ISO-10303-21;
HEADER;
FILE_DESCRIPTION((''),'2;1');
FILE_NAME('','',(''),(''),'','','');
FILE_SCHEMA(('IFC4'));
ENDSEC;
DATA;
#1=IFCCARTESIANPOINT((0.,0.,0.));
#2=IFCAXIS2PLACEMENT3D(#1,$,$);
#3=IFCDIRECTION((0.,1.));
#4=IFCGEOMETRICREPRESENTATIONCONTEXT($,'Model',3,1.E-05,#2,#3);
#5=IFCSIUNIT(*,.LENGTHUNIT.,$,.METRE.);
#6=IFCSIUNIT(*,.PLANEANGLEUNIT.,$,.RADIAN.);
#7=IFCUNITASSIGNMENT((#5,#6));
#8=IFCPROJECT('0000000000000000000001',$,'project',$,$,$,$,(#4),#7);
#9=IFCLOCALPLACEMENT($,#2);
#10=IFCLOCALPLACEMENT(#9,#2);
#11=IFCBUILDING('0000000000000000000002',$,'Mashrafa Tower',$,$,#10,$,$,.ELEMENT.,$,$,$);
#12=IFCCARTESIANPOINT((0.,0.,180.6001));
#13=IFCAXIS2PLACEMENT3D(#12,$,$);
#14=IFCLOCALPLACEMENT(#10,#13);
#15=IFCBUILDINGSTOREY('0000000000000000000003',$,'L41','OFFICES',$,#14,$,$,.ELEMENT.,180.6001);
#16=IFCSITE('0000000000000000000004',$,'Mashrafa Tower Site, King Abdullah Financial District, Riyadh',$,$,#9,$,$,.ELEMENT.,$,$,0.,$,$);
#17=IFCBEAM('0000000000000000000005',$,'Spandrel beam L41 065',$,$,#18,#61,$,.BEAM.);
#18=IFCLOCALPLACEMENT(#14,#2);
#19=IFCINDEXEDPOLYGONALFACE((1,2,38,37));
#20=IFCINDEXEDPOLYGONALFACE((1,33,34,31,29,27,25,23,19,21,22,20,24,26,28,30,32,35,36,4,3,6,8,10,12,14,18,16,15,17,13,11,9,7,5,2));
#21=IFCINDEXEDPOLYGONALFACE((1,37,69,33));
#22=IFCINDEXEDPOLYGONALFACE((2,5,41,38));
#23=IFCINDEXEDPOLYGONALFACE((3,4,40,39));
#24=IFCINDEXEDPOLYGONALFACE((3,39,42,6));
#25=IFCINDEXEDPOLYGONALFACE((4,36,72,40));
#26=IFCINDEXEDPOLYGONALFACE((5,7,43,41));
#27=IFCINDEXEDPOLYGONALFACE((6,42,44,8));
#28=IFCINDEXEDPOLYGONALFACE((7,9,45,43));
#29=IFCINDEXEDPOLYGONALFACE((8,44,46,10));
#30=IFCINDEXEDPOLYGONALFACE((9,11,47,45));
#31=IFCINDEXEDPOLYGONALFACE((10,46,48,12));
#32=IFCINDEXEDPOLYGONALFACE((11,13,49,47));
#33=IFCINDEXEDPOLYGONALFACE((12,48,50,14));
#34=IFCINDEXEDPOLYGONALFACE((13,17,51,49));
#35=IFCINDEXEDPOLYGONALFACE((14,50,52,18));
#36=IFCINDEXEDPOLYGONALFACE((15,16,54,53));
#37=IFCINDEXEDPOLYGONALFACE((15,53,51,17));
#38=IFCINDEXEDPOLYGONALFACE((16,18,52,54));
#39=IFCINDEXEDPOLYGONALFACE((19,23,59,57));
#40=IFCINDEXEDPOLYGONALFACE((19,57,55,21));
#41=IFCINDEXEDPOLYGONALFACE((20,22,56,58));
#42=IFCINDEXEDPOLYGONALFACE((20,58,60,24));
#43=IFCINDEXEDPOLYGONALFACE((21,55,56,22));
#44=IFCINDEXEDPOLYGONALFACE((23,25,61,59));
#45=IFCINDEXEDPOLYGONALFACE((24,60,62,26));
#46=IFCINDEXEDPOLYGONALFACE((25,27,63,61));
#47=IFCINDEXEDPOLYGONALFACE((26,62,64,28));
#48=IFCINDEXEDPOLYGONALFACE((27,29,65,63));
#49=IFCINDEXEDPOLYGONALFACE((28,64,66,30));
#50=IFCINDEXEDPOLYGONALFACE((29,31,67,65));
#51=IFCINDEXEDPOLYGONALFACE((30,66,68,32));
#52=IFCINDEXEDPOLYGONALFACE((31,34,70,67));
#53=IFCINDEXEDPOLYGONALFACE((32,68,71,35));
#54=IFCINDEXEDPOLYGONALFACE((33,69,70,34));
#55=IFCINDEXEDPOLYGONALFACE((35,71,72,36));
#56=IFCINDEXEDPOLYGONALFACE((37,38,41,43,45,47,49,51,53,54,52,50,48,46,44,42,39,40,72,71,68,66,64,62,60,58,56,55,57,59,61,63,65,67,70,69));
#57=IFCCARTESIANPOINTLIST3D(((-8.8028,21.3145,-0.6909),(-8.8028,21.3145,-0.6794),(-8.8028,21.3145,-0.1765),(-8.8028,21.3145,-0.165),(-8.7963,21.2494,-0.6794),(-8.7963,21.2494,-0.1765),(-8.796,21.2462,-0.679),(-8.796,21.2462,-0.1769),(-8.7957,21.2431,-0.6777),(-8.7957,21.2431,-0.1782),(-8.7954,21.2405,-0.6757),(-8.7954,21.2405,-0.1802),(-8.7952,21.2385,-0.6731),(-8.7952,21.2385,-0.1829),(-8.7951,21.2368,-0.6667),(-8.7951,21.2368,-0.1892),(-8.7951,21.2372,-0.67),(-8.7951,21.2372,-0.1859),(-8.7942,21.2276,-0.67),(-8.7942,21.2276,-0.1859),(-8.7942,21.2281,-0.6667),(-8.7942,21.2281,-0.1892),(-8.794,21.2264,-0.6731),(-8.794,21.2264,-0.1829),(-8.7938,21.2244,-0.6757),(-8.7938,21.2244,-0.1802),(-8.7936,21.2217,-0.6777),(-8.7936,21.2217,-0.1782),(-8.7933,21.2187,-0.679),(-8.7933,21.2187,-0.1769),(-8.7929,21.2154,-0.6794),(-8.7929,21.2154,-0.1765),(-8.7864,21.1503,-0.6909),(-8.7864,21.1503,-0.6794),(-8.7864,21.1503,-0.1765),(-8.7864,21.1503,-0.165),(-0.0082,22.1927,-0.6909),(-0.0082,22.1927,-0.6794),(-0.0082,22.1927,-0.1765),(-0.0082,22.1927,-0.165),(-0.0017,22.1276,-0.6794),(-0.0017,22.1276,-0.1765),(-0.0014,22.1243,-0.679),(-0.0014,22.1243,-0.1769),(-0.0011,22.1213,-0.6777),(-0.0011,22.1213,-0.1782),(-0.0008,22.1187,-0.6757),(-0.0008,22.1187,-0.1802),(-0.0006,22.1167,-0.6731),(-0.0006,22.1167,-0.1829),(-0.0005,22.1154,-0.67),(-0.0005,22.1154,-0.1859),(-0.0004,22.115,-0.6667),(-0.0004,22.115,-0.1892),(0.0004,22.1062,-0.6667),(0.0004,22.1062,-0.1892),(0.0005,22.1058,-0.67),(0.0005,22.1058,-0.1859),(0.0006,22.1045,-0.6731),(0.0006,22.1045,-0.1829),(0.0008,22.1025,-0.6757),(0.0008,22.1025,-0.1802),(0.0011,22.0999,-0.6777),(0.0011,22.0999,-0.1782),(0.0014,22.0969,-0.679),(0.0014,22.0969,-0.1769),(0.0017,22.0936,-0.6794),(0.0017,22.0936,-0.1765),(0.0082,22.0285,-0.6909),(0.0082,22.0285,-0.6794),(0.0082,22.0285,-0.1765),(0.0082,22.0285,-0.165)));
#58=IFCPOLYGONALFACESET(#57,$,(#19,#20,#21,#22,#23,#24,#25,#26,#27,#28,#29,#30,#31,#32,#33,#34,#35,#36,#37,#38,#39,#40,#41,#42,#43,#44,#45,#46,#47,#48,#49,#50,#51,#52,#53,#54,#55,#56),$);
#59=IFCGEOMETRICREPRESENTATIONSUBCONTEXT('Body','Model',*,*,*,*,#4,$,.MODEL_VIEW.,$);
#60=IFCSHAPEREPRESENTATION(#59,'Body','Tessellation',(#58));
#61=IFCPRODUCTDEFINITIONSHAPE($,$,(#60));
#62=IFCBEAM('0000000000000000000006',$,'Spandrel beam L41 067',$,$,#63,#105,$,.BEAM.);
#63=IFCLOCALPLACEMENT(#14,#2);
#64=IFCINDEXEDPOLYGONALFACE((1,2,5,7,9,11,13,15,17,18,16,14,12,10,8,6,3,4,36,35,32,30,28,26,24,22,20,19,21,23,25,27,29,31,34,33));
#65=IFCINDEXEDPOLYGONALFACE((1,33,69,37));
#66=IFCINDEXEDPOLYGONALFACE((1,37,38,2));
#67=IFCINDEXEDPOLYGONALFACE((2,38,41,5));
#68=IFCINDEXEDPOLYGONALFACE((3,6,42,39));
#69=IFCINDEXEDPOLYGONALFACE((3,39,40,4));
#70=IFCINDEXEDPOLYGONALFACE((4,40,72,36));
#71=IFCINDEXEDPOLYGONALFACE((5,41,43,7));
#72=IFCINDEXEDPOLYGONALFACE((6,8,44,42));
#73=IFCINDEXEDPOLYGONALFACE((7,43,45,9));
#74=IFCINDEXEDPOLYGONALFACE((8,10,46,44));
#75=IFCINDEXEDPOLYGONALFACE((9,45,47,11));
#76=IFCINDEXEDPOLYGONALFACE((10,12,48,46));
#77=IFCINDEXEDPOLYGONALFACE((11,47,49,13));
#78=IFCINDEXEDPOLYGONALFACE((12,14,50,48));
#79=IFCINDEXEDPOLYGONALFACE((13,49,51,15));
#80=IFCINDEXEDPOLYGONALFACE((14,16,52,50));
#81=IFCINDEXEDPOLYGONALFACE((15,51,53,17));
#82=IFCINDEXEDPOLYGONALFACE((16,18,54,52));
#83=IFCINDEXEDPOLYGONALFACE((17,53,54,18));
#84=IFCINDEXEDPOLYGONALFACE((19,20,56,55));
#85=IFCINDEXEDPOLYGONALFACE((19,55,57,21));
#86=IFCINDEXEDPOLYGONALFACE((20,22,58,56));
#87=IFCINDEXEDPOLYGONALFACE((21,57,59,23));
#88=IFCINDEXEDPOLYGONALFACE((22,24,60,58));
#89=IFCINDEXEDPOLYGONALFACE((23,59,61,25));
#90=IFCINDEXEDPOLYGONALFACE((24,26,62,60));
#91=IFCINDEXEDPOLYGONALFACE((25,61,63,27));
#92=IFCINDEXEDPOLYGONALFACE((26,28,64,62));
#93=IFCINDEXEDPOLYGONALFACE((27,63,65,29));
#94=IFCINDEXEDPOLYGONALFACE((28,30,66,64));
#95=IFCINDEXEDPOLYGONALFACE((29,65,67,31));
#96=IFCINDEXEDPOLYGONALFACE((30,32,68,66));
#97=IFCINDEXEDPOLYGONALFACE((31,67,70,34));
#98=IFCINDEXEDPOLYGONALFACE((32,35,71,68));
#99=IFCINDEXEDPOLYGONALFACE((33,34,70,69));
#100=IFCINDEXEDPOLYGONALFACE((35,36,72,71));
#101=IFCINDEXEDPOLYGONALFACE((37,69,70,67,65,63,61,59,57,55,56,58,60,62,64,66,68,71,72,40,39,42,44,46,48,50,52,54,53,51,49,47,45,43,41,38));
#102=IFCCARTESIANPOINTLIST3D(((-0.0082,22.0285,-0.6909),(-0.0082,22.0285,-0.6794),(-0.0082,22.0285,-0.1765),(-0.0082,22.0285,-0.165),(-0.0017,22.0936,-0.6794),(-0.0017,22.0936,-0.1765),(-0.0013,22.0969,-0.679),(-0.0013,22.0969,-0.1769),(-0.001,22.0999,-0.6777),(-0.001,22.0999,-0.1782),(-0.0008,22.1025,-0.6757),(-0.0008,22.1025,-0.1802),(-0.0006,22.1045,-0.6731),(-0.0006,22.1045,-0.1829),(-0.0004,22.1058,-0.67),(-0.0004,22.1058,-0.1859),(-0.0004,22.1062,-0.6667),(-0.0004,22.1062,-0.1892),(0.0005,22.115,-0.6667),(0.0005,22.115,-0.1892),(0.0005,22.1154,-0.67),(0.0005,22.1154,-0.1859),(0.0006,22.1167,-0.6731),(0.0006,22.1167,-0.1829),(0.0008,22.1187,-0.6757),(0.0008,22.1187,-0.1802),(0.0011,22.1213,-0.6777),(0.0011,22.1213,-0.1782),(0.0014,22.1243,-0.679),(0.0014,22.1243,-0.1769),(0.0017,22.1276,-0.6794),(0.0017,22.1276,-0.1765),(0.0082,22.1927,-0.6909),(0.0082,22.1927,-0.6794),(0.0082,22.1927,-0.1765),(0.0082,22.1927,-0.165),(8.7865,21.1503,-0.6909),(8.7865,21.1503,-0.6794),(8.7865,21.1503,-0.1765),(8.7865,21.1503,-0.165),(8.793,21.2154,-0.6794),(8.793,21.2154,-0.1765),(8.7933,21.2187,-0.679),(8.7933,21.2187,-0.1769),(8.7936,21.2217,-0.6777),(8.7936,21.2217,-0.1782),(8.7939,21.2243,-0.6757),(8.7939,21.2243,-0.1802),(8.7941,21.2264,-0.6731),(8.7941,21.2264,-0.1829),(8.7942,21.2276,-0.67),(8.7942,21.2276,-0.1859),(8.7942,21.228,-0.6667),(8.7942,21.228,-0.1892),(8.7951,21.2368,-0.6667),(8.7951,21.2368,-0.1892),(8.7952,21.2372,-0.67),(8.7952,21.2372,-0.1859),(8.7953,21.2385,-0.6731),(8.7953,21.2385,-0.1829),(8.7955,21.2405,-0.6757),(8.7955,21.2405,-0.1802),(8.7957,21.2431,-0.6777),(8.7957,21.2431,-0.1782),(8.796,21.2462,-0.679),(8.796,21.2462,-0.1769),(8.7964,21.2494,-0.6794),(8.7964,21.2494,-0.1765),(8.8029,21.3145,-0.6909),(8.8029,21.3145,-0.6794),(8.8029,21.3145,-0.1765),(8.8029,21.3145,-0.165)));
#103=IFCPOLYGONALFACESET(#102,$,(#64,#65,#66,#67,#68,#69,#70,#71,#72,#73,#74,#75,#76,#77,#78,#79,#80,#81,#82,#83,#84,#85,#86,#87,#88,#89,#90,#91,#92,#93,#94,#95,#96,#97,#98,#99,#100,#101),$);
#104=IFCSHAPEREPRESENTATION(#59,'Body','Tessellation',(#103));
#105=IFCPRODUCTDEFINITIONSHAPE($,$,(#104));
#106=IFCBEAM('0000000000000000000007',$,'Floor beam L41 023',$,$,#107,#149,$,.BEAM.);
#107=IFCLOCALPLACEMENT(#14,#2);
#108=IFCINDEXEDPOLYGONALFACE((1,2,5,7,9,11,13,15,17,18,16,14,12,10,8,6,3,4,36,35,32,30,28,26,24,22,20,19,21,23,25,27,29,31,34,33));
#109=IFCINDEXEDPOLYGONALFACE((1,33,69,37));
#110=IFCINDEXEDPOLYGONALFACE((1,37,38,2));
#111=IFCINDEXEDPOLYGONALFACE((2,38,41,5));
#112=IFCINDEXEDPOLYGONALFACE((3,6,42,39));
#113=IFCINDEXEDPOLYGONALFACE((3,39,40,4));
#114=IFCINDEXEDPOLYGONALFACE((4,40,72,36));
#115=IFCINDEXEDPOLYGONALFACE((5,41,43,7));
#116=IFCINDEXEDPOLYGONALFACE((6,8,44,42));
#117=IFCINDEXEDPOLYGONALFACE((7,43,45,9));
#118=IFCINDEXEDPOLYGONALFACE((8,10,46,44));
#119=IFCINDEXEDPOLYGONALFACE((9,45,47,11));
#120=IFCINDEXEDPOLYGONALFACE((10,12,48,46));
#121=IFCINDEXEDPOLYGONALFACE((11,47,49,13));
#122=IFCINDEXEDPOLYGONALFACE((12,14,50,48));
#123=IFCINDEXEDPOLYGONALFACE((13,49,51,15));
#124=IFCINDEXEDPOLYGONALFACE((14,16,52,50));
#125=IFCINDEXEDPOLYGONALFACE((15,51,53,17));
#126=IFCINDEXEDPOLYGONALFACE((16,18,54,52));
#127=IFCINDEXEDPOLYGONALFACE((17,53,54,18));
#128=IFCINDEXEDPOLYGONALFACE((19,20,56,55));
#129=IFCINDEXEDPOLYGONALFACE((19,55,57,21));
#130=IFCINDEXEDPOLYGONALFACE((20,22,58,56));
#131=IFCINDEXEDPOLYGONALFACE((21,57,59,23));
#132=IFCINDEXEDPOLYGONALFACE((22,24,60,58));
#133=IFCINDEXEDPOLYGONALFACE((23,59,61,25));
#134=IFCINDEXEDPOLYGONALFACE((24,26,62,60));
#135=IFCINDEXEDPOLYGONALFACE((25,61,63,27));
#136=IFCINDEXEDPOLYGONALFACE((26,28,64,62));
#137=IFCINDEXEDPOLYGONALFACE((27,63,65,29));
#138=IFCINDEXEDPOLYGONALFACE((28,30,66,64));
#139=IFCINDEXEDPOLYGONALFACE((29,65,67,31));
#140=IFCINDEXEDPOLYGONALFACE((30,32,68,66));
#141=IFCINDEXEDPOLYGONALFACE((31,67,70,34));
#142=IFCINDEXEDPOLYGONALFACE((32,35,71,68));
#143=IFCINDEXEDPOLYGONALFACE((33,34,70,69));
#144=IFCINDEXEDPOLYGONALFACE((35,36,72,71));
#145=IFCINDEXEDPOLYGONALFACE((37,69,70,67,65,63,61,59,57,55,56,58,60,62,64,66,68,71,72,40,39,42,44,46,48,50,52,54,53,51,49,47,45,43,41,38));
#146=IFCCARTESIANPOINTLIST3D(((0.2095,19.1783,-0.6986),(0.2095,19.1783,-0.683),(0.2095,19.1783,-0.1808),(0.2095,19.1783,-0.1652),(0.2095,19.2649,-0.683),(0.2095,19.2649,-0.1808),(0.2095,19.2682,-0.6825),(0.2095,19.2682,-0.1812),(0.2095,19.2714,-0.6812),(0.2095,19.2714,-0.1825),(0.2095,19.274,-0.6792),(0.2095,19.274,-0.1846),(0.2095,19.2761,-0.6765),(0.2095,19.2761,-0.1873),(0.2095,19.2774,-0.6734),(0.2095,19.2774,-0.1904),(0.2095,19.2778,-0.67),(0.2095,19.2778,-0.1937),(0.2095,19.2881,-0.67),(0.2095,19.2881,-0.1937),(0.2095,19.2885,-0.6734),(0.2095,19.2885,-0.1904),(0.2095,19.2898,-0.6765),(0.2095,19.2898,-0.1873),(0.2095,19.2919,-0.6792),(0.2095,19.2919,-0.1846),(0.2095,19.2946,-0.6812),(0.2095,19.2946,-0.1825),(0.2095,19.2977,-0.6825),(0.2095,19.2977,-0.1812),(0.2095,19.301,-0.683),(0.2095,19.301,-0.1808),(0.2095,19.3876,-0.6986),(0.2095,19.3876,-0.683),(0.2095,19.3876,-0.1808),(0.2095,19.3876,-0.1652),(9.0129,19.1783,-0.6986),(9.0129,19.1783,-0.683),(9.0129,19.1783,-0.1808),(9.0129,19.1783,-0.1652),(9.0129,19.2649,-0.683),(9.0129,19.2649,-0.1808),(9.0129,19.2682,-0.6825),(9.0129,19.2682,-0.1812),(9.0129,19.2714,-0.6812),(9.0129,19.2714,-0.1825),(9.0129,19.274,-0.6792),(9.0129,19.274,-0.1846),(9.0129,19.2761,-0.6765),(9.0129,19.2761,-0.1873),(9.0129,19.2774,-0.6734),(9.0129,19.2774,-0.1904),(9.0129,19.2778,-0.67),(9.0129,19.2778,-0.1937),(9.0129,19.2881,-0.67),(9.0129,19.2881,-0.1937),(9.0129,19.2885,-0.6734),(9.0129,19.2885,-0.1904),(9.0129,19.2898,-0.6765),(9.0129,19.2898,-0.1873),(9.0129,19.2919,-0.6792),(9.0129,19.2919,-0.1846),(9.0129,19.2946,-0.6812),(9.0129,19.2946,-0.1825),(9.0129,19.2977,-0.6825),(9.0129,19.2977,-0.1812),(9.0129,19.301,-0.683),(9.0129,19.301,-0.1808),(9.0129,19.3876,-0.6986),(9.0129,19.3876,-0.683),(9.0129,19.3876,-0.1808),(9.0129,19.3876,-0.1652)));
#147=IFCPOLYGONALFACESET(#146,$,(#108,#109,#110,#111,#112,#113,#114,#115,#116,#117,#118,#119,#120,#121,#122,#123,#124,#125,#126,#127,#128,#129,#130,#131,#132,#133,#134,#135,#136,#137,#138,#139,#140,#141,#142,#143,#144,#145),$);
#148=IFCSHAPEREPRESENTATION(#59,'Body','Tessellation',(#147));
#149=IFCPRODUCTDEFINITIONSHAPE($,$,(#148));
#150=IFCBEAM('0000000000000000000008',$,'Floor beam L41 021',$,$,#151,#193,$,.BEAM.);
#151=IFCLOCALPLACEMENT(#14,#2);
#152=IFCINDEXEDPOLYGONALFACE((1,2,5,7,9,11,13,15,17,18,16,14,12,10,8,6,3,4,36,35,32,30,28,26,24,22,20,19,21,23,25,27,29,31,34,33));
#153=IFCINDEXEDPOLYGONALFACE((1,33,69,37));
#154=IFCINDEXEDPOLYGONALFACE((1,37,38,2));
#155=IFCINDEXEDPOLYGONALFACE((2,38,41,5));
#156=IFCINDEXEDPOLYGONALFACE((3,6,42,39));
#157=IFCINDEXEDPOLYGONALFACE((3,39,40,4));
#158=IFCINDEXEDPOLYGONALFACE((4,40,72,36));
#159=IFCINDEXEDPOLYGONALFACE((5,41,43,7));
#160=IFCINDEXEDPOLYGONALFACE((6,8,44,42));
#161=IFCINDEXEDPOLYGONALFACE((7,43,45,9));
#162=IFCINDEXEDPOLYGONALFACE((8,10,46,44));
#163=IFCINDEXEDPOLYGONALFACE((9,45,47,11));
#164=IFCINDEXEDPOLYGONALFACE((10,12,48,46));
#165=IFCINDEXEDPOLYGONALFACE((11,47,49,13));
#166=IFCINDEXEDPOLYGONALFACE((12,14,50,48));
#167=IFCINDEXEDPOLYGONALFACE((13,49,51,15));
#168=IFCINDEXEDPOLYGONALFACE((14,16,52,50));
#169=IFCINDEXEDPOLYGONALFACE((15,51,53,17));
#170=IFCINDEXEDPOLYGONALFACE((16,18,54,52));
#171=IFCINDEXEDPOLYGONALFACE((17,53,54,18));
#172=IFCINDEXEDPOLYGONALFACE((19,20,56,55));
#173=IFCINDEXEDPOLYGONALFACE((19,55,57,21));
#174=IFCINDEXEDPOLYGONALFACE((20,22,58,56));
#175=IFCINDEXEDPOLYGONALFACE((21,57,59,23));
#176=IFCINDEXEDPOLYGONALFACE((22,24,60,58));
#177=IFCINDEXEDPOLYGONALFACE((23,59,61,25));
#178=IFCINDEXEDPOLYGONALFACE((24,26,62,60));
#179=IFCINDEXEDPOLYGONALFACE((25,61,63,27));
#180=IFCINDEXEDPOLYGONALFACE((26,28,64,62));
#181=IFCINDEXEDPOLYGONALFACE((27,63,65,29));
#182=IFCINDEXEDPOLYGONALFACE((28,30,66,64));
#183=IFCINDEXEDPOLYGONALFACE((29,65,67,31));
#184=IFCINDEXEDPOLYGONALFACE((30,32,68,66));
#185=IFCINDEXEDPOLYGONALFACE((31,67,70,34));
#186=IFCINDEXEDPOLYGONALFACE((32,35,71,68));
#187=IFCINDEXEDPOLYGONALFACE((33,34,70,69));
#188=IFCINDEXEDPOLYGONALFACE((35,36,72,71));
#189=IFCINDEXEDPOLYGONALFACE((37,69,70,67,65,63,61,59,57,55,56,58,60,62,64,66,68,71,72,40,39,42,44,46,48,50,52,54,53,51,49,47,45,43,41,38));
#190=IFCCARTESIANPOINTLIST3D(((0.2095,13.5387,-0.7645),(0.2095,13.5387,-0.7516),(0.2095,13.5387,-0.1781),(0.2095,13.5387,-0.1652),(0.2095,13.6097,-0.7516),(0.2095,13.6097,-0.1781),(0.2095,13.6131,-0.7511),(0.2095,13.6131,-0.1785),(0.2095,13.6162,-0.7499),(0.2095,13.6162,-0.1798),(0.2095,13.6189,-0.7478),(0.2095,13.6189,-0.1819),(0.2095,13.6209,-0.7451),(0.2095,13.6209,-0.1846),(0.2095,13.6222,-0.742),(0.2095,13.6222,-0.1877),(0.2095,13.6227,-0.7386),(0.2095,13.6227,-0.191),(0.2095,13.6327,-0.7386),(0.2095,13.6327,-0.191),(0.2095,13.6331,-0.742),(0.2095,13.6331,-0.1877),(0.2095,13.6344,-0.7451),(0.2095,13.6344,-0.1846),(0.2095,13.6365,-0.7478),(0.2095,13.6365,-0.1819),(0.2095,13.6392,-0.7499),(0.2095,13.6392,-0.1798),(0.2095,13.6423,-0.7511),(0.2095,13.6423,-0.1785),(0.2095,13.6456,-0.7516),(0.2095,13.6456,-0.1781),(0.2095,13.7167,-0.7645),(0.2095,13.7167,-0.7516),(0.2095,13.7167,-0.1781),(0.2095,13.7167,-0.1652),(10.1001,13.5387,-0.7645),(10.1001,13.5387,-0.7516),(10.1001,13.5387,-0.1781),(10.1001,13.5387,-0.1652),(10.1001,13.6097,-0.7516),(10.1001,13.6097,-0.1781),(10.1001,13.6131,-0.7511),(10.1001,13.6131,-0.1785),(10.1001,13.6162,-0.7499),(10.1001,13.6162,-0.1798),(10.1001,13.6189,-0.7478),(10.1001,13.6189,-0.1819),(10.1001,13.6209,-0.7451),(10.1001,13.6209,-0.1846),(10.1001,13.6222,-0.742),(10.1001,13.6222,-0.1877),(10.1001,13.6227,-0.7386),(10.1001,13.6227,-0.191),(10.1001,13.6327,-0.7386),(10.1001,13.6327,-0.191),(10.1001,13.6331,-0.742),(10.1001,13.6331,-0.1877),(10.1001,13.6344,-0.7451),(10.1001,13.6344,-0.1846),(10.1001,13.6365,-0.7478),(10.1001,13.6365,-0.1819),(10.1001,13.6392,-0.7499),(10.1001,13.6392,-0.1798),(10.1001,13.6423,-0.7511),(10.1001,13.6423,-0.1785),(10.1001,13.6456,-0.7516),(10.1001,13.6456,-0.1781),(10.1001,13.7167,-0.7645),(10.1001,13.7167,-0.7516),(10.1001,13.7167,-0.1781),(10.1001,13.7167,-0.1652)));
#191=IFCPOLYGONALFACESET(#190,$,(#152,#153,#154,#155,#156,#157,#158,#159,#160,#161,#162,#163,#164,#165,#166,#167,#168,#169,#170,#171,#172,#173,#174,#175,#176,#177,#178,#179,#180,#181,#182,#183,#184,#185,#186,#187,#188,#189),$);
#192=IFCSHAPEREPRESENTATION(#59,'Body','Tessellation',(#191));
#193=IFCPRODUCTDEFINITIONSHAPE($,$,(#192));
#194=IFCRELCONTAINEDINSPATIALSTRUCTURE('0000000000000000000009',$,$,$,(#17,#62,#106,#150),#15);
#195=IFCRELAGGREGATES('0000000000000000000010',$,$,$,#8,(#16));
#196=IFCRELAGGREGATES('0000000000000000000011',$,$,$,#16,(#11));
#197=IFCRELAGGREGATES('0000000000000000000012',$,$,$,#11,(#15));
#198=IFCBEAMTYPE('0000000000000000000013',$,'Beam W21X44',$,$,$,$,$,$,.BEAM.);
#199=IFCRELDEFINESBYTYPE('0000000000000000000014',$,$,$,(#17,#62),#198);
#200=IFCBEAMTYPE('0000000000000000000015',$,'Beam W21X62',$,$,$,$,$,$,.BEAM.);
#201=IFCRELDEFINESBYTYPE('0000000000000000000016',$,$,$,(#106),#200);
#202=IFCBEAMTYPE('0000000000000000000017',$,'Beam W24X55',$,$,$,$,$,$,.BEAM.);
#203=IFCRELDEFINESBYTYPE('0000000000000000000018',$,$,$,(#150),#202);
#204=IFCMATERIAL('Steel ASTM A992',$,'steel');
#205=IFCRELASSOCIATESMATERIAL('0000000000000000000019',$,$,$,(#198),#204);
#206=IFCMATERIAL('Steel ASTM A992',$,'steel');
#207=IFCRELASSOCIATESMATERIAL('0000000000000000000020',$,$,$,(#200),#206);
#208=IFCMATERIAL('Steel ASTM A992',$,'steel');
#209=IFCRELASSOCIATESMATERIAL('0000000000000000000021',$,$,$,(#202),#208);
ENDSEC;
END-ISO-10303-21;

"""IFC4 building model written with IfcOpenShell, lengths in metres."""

from ifc_helpers import new_model, si_unit, direction, frame, origin, origin_2d, place, context, subcontext, project, spatial, i_section, extrude, material, material_profile, profile_set, type_object, element, save


model = new_model("IFC4")

# Units and contexts
model_context = context("Model", 3, precision=1e-05, world=origin(), true_north=direction((0.0, 1.0)))
body_context = subcontext(model_context, "Body", "Model", "MODEL_VIEW")
ifc_project = project(units=[si_unit("LENGTHUNIT", "METRE"), si_unit("PLANEANGLEUNIT", "RADIAN")], contexts=[model_context])

# Site, building, storey
site_placement = place(None, origin())
site = spatial("IfcSite", under=ifc_project, at=site_placement, Name="Mashrafa Tower Site, King Abdullah Financial District, Riyadh", CompositionType="ELEMENT", RefElevation=0.0)
building_placement = place(site_placement, origin())
building = spatial("IfcBuilding", under=site, at=building_placement, Name="Mashrafa Tower", CompositionType="ELEMENT")
storey_placement = place(building_placement, frame((0.0, 0.0, 180.6001)))
storey = spatial("IfcBuildingStorey", under=building, at=storey_placement, Name="L41", Description="OFFICES", CompositionType="ELEMENT", Elevation=180.6001)

# Beams
ifc_material_1 = material(Name="Steel ASTM A992", Category="steel")
ifc_material_profile_1 = material_profile(ifc_material_1, i_section(OverallWidth=0.165, OverallDepth=0.5259, WebThickness=0.0088, FlangeThickness=0.0115, FilletRadius=0.0127, at=origin_2d()), Name="W21X44")
ifc_profile_set_1 = profile_set([ifc_material_profile_1], Name="Steel ASTM A992")
beam_type_1 = type_object("IfcBeamType", Name="Beam W21X44", PredefinedType="BEAM", material=ifc_profile_set_1)
for number, where, z_axis, x_axis, name in (
    (1, (0.0, 22.1106, -0.428), (-0.995052, -0.099359, 0.0), (0.099359, -0.995052, 0.0), "Spandrel beam L41 065"),
    (2, (8.7947, 21.2324, -0.428), (-0.995052, 0.099359, 0.0), (-0.099359, -0.995052, 0.0), "Spandrel beam L41 067"),
):
    element("IfcBeam", number, at=place(storey_placement, frame(where, z_axis=z_axis, x_axis=x_axis)), inside=storey, type_object=beam_type_1, Name=name, PredefinedType="BEAM", context=body_context, shape_type="SweptSolid", body=[
        extrude(i_section(OverallWidth=0.165, OverallDepth=0.5259, WebThickness=0.0088, FlangeThickness=0.0115, FilletRadius=0.0127, at=origin_2d()), origin(), (0.0, 0.0, 1.0), 8.8384),
    ])
ifc_material_2 = material(Name="Steel ASTM A992", Category="steel")
ifc_material_profile_2 = material_profile(ifc_material_2, i_section(OverallWidth=0.2092, OverallDepth=0.5334, WebThickness=0.0103, FlangeThickness=0.0156, FilletRadius=0.0129, at=origin_2d()), Name="W21X62")
ifc_profile_set_2 = profile_set([ifc_material_profile_2], Name="Steel ASTM A992")
beam_type_2 = type_object("IfcBeamType", Name="Beam W21X62", PredefinedType="BEAM", material=ifc_profile_set_2)
beam_1_placement = place(storey_placement, frame((0.2095, 19.283, -0.4319), z_axis=(1.0, 0.0, 0.0), x_axis=(0.0, 1.0, 0.0)))
element("IfcBeam", 3, at=beam_1_placement, inside=storey, type_object=beam_type_2, Name="Floor beam L41 023", PredefinedType="BEAM", context=body_context, shape_type="SweptSolid", body=[
    extrude(i_section(OverallWidth=0.2092, OverallDepth=0.5334, WebThickness=0.0103, FlangeThickness=0.0156, FilletRadius=0.0129, at=origin_2d()), origin(), (0.0, 0.0, 1.0), 8.8035),
])
ifc_material_3 = material(Name="Steel ASTM A992", Category="steel")
ifc_material_profile_3 = material_profile(ifc_material_3, i_section(OverallWidth=0.178, OverallDepth=0.5994, WebThickness=0.01, FlangeThickness=0.0129, FilletRadius=0.0129, at=origin_2d()), Name="W24X55")
ifc_profile_set_3 = profile_set([ifc_material_profile_3], Name="Steel ASTM A992")
beam_type_3 = type_object("IfcBeamType", Name="Beam W24X55", PredefinedType="BEAM", material=ifc_profile_set_3)
beam_2_placement = place(storey_placement, frame((0.2095, 13.6277, -0.4648), z_axis=(1.0, 0.0, 0.0), x_axis=(0.0, 1.0, 0.0)))
element("IfcBeam", 4, at=beam_2_placement, inside=storey, type_object=beam_type_3, Name="Floor beam L41 021", PredefinedType="BEAM", context=body_context, shape_type="SweptSolid", body=[
    extrude(i_section(OverallWidth=0.178, OverallDepth=0.5994, WebThickness=0.01, FlangeThickness=0.0129, FilletRadius=0.0129, at=origin_2d()), origin(), (0.0, 0.0, 1.0), 9.8906),
])

save(model, "model.ifc")
